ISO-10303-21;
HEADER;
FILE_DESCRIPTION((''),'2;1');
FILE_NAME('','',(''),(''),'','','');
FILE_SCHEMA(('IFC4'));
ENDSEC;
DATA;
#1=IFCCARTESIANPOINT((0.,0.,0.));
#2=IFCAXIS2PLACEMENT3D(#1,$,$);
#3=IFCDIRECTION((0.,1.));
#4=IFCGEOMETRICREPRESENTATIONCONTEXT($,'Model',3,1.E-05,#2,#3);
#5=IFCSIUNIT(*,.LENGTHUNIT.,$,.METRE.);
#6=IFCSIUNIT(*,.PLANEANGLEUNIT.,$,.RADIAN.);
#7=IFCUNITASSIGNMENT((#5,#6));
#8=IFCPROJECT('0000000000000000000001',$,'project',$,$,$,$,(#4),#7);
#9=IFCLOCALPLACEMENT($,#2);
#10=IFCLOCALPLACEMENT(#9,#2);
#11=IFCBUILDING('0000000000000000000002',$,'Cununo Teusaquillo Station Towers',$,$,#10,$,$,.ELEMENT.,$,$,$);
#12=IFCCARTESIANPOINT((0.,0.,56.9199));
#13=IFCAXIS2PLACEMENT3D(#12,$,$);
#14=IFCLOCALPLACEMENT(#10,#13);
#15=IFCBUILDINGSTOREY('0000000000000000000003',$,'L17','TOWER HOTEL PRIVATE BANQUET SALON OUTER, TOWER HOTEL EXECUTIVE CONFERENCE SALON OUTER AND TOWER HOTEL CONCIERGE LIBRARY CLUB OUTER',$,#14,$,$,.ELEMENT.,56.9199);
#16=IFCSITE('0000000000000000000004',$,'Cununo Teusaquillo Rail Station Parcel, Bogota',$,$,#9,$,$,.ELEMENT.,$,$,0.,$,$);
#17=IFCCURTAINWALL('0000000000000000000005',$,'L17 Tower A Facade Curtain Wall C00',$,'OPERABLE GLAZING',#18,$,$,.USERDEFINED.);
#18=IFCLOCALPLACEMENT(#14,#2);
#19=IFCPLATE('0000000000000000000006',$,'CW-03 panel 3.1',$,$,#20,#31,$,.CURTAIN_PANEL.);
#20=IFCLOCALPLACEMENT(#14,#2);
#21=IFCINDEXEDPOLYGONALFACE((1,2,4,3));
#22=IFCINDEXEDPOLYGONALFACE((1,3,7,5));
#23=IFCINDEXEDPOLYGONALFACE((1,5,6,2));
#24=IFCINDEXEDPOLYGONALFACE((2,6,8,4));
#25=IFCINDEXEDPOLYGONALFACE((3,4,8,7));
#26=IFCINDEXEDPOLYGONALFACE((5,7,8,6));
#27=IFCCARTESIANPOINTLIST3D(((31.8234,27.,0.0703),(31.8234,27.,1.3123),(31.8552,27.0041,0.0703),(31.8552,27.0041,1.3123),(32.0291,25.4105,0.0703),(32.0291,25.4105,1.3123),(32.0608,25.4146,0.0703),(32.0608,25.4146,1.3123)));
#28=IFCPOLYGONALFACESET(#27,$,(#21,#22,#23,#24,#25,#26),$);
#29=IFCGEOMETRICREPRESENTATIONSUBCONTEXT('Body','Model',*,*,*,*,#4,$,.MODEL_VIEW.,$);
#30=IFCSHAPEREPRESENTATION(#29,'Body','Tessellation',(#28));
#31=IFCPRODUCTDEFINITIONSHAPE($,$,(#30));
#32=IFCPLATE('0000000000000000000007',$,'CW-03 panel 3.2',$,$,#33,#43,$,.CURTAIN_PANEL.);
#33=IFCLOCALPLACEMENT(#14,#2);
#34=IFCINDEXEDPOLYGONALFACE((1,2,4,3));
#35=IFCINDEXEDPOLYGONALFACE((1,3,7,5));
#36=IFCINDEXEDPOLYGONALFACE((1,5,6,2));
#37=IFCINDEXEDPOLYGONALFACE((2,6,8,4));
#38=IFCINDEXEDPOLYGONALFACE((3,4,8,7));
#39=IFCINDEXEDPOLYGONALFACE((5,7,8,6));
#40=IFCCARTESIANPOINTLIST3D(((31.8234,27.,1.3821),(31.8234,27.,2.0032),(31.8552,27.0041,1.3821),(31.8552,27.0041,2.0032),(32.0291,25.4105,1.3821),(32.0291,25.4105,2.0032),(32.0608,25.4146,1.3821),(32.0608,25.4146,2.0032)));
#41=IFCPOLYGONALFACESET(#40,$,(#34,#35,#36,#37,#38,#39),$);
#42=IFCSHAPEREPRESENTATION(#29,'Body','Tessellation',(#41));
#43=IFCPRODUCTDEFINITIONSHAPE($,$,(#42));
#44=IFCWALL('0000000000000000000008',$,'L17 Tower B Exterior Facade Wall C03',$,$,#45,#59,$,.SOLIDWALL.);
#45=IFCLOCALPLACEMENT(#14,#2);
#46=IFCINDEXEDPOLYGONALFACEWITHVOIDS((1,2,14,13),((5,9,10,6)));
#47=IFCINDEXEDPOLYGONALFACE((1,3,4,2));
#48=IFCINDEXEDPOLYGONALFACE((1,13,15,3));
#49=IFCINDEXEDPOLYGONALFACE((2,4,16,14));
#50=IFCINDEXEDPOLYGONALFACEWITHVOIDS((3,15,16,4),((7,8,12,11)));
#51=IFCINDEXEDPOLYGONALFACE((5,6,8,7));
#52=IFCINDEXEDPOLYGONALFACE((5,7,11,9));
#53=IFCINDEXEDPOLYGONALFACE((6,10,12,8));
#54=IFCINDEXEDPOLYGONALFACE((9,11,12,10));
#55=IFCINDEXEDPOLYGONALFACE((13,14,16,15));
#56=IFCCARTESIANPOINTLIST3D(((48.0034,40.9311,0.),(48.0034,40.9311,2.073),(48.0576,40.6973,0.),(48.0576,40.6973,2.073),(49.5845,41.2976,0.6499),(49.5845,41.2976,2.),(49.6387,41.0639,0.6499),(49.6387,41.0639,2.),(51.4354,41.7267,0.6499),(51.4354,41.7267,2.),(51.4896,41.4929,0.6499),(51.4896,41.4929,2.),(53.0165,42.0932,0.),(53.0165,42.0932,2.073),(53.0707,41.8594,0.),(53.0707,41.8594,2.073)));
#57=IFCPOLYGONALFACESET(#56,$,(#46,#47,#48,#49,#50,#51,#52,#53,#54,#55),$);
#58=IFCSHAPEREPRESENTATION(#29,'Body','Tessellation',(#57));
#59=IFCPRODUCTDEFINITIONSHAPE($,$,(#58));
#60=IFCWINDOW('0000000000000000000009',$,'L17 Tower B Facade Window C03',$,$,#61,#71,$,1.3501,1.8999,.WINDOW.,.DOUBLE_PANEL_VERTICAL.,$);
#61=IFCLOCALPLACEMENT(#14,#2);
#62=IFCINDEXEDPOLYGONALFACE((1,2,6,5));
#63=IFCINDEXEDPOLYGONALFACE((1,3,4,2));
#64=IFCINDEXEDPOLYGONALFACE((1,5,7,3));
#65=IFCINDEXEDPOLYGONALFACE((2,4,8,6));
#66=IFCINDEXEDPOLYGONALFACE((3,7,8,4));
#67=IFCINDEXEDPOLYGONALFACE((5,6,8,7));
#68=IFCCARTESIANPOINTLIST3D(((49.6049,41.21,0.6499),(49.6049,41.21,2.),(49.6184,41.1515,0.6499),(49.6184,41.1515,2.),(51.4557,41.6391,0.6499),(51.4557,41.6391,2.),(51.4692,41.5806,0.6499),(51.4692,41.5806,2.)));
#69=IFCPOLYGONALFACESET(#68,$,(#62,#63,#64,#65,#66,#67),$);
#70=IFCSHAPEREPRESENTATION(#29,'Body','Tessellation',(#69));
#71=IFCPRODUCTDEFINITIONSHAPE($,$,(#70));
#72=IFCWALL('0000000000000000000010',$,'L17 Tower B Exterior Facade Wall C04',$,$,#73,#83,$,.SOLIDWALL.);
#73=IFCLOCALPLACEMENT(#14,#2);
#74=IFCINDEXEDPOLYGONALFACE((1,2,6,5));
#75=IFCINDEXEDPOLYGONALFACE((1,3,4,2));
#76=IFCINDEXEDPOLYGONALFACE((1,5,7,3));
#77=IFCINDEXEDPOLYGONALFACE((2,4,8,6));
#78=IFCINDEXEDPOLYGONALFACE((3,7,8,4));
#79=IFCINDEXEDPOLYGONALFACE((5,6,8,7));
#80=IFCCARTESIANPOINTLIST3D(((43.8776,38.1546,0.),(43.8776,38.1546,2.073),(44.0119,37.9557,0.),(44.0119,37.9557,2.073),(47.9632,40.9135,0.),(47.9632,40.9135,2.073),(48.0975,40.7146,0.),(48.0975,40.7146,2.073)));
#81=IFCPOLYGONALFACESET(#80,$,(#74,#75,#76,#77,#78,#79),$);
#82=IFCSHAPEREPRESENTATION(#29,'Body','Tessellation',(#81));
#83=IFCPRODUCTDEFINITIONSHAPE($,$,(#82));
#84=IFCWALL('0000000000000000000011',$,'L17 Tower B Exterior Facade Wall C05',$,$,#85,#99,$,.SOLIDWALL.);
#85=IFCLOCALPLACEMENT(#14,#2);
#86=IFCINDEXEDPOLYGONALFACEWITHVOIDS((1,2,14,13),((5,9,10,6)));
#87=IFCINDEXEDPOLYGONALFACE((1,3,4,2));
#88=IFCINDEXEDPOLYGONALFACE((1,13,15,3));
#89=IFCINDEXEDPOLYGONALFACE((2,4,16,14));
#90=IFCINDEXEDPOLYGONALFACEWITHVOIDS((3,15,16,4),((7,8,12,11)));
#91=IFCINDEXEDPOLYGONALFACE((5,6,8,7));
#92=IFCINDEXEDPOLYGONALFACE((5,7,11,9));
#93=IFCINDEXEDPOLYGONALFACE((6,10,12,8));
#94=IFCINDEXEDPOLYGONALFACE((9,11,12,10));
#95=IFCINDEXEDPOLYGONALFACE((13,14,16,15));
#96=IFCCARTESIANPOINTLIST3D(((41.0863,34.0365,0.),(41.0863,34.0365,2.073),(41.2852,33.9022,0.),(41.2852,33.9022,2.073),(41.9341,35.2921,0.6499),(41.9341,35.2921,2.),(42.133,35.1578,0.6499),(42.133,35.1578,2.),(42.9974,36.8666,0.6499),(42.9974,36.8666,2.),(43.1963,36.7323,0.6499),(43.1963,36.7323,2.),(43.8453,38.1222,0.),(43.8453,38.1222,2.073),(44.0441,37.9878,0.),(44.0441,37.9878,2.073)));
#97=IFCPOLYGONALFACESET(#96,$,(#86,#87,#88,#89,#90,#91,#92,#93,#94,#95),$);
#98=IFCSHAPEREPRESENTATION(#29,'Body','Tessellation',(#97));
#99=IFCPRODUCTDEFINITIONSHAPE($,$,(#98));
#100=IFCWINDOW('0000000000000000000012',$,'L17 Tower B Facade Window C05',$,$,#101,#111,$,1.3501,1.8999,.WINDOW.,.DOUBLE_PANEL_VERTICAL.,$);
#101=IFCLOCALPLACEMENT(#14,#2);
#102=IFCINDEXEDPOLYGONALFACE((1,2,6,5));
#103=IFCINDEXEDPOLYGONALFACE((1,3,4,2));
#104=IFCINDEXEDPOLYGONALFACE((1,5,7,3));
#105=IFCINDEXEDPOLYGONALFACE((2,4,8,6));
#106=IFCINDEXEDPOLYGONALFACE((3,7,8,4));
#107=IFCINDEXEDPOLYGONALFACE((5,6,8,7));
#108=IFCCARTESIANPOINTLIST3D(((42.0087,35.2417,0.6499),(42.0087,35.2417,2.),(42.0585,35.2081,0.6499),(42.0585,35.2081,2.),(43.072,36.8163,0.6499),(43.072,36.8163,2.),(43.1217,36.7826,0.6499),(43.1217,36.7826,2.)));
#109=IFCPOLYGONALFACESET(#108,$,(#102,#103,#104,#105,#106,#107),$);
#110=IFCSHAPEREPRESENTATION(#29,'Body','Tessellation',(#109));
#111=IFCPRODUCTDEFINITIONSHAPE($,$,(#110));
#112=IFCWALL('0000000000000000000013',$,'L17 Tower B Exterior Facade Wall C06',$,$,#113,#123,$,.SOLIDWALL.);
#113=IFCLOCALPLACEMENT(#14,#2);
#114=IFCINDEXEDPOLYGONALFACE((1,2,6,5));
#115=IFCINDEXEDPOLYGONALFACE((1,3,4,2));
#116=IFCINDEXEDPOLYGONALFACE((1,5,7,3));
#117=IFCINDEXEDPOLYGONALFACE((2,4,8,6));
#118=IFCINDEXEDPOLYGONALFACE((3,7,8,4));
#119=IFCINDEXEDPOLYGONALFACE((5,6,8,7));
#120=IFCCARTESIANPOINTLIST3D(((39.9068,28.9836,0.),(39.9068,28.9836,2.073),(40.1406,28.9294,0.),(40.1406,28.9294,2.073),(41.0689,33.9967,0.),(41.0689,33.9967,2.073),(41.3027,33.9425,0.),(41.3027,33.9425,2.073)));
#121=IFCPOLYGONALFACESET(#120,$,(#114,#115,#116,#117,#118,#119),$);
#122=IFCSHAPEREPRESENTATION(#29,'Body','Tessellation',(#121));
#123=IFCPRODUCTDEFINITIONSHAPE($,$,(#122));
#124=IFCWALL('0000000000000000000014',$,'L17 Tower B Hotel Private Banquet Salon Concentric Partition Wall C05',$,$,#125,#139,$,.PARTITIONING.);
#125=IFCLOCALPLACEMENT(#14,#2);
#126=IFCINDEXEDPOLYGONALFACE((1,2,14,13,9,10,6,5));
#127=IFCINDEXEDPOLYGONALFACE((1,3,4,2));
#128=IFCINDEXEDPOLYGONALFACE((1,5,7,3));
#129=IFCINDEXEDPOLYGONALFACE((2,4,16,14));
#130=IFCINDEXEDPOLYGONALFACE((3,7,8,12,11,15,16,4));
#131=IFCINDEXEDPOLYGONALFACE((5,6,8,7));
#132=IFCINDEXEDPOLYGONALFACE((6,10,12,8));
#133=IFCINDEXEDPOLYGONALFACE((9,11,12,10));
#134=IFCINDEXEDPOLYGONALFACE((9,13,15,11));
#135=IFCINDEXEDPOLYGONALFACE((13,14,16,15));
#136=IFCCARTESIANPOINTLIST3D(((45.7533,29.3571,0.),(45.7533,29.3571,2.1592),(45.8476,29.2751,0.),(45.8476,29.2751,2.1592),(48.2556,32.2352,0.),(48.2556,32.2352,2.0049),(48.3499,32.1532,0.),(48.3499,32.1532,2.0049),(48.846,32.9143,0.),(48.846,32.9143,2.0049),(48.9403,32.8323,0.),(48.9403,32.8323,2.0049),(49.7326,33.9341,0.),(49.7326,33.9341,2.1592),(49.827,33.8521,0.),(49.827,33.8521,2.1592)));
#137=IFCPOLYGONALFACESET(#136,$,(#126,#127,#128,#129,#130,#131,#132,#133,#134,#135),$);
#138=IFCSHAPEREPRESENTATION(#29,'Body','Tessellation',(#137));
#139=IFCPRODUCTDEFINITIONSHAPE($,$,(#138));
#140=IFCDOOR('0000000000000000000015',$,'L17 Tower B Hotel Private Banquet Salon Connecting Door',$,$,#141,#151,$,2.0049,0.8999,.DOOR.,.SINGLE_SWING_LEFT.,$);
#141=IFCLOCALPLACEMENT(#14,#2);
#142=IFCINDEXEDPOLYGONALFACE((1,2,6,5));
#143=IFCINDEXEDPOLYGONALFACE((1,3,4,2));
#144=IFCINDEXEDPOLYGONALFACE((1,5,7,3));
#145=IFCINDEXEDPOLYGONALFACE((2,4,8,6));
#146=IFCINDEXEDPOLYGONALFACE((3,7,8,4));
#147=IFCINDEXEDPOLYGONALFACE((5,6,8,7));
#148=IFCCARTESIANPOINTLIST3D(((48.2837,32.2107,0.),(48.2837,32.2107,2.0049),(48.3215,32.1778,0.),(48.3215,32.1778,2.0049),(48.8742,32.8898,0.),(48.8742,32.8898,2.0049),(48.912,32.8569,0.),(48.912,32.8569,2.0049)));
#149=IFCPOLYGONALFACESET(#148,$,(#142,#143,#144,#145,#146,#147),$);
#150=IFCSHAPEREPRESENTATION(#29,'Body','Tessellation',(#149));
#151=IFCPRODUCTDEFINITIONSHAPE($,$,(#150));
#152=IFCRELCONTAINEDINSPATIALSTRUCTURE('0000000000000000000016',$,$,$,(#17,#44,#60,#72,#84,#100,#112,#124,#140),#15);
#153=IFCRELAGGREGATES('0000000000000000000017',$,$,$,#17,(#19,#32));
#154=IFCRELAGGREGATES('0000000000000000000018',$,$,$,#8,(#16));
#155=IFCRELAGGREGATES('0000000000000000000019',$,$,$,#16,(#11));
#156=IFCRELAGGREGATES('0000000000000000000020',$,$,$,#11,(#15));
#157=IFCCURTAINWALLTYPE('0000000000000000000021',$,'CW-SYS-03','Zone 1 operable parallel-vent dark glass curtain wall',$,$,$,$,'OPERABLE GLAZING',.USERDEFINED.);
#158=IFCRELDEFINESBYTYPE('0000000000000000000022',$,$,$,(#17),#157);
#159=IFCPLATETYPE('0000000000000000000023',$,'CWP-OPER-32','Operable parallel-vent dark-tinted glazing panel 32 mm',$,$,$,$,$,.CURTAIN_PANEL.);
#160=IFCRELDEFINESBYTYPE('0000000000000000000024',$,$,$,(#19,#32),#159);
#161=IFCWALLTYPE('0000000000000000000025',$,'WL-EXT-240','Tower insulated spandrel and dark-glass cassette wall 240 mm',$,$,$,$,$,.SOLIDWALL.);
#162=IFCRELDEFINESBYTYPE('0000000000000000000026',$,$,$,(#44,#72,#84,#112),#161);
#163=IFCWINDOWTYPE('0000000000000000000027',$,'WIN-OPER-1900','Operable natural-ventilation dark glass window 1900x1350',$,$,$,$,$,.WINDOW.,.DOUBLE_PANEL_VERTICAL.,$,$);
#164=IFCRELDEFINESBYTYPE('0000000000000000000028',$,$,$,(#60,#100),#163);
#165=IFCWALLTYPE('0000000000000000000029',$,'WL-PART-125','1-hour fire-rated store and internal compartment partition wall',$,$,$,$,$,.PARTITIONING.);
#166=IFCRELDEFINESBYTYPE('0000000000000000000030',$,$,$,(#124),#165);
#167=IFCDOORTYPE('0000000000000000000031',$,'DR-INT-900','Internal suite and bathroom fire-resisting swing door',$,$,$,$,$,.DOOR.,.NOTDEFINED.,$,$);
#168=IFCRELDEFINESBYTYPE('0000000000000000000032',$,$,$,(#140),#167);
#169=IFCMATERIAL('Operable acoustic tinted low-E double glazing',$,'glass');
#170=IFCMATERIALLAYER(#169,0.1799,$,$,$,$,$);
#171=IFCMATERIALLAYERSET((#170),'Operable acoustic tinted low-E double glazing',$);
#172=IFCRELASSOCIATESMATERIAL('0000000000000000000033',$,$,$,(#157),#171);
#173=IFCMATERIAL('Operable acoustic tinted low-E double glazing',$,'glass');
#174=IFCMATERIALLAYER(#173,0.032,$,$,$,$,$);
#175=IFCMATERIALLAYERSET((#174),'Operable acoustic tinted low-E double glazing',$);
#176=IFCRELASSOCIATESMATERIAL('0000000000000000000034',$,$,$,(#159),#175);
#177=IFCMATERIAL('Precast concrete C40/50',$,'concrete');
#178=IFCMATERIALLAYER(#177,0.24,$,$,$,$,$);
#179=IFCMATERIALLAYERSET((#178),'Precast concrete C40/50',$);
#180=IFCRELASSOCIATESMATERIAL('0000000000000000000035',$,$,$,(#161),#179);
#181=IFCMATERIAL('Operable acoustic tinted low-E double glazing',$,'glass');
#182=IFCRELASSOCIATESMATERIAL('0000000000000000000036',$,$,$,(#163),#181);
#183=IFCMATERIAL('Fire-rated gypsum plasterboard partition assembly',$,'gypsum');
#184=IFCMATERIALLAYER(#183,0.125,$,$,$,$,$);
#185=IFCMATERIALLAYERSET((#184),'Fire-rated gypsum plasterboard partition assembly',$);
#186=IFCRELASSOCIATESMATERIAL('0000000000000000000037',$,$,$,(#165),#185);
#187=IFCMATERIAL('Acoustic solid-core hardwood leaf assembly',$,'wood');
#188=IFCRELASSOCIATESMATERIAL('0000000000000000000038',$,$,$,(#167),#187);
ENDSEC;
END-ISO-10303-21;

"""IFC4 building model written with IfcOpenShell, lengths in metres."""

from ifc_helpers import new_model, si_unit, direction, frame, frame_2d, origin, origin_2d, place, context, subcontext, project, spatial, rectangle, extrude, source, transform, mapped, material, layer, layer_set, type_object, element, fill, aggregate, save


model = new_model("IFC4")

# Units and contexts
model_context = context("Model", 3, precision=1e-05, world=origin(), true_north=direction((0.0, 1.0)))
body_context = subcontext(model_context, "Body", "Model", "MODEL_VIEW")
ifc_project = project(units=[si_unit("LENGTHUNIT", "METRE"), si_unit("PLANEANGLEUNIT", "RADIAN")], contexts=[model_context])

# Site, building, storey
site_placement = place(None, origin())
site = spatial("IfcSite", under=ifc_project, at=site_placement, Name="Cununo Teusaquillo Rail Station Parcel, Bogota", CompositionType="ELEMENT", RefElevation=0.0)
building_placement = place(site_placement, origin())
building = spatial("IfcBuilding", under=site, at=building_placement, Name="Cununo Teusaquillo Station Towers", CompositionType="ELEMENT")
storey_placement = place(building_placement, frame((0.0, 0.0, 56.9199)))
storey = spatial("IfcBuildingStorey", under=building, at=storey_placement, Name="L17", Description="TOWER HOTEL PRIVATE BANQUET SALON OUTER, TOWER HOTEL EXECUTIVE CONFERENCE SALON OUTER AND TOWER HOTEL CONCIERGE LIBRARY CLUB OUTER", CompositionType="ELEMENT", Elevation=56.9199)

# Curtain wall
ifc_material_1 = material(Name="Operable acoustic tinted low-E double glazing", Category="glass")
ifc_layer_1 = layer(ifc_material_1, 0.1799)
ifc_layer_set_1 = layer_set([ifc_layer_1], Name="Operable acoustic tinted low-E double glazing")
curtain_wall_type = type_object("IfcCurtainWallType", Name="CW-SYS-03", Description="Zone 1 operable parallel-vent dark glass curtain wall", ElementType="OPERABLE GLAZING", PredefinedType="USERDEFINED", material=ifc_layer_set_1)
curtain_wall_placement = place(storey_placement, origin())
curtain_wall = element("IfcCurtainWall", 1, at=curtain_wall_placement, inside=storey, type_object=curtain_wall_type, Name="L17 Tower A Facade Curtain Wall C00", ObjectType="OPERABLE GLAZING", PredefinedType="USERDEFINED")

# Plates
ifc_material_2 = material(Name="Operable acoustic tinted low-E double glazing", Category="glass")
ifc_layer_2 = layer(ifc_material_2, 0.032)
ifc_layer_set_2 = layer_set([ifc_layer_2], Name="Operable acoustic tinted low-E double glazing")
plate_type_1 = type_object("IfcPlateType", Name="CWP-OPER-32", Description="Operable parallel-vent dark-tinted glazing panel 32 mm", PredefinedType="CURTAIN_PANEL", material=ifc_layer_set_2)
shared_shape_1 = source(origin(), body_context, "Body", "SweptSolid", [
    extrude(rectangle(XDim=1.6028, YDim=0.032, at=origin_2d()), origin(), (0.0, 0.0, 1.0), 1.2419),
])
plate_1_placement = place(storey_placement, frame((31.9421, 26.2073, 0.0703), z_axis=(0.0, 0.0, 1.0), x_axis=(0.128336, -0.991731, 0.0)))
plate_1 = element("IfcPlate", 2, at=plate_1_placement, type_object=plate_type_1, Name="CW-03 panel 3.1", PredefinedType="CURTAIN_PANEL", context=body_context, shape_type="MappedRepresentation", body=[
    mapped(shared_shape_1, transform((0.0, 0.0, 0.0), x_axis=(1.0, 0.0, 0.0), y_axis=(0.0, 1.0, 0.0), z_axis=(0.0, 0.0, 1.0), scale=1.0)),
])
shared_shape_2 = source(origin(), body_context, "Body", "SweptSolid", [
    extrude(rectangle(XDim=1.6028, YDim=0.032, at=origin_2d()), origin(), (0.0, 0.0, 1.0), 0.6211),
])
plate_2_placement = place(storey_placement, frame((31.9421, 26.2073, 1.3821), z_axis=(0.0, 0.0, 1.0), x_axis=(0.128336, -0.991731, 0.0)))
plate_2 = element("IfcPlate", 3, at=plate_2_placement, type_object=plate_type_1, Name="CW-03 panel 3.2", PredefinedType="CURTAIN_PANEL", context=body_context, shape_type="MappedRepresentation", body=[
    mapped(shared_shape_2, transform((0.0, 0.0, 0.0), x_axis=(1.0, 0.0, 0.0), y_axis=(0.0, 1.0, 0.0), z_axis=(0.0, 0.0, 1.0), scale=1.0)),
])
aggregate(curtain_wall, [plate_1, plate_2])

# Wall, opening, window
ifc_material_3 = material(Name="Precast concrete C40/50", Category="concrete")
ifc_layer_3 = layer(ifc_material_3, 0.24)
ifc_layer_set_3 = layer_set([ifc_layer_3], Name="Precast concrete C40/50")
wall_type_1 = type_object("IfcWallType", Name="WL-EXT-240", Description="Tower insulated spandrel and dark-glass cassette wall 240 mm", PredefinedType="SOLIDWALL", material=ifc_layer_set_3)
wall_1_placement = place(storey_placement, frame((48.0305, 40.8142, 0.0), z_axis=(0.0, 0.0, 1.0), x_axis=(0.974166, 0.225833, 0.0)))
wall_1 = element("IfcWall", 4, at=wall_1_placement, inside=storey, type_object=wall_type_1, Name="L17 Tower B Exterior Facade Wall C03", PredefinedType="SOLIDWALL", context=body_context, shape_type="SweptSolid", body=[
    extrude(rectangle(XDim=5.146, YDim=0.24, at=frame_2d((2.573, 0.0))), origin(), (0.0, 0.0, 1.0), 2.073),
])
shared_shape_3 = source(origin(), body_context, "Body", "SweptSolid", [
    extrude(rectangle(XDim=1.8999, YDim=1.3501, at=frame_2d((0.95, 0.675))), frame((0.0, 0.1299, 0.0), z_axis=(0.0, -1.0, 0.0), x_axis=(1.0, 0.0, 0.0)), (0.0, 0.0, 1.0), 0.26),
])
opening_1_placement = place(wall_1_placement, frame((1.623, 0.0, 0.6499)))
opening_1 = element("IfcOpeningElement", 5, at=opening_1_placement, cuts=wall_1, PredefinedType="OPENING", context=body_context, shape_type="MappedRepresentation", body=[
    mapped(shared_shape_3, transform((0.0, 0.0, 0.0), x_axis=(1.0, 0.0, 0.0), y_axis=(0.0, 1.0, 0.0), z_axis=(0.0, 0.0, 1.0), scale=1.0)),
])
ifc_material_4 = material(Name="Operable acoustic tinted low-E double glazing", Category="glass")
window_type = type_object("IfcWindowType", Name="WIN-OPER-1900", Description="Operable natural-ventilation dark glass window 1900x1350", PartitioningType="DOUBLE_PANEL_VERTICAL", PredefinedType="WINDOW", material=ifc_material_4)
shared_shape_4 = source(origin(), body_context, "Body", "SweptSolid", [
    extrude(rectangle(XDim=1.8999, YDim=1.3501, at=frame_2d((0.95, 0.675))), frame((0.0, 0.03, 0.0), z_axis=(0.0, -1.0, 0.0), x_axis=(1.0, 0.0, 0.0)), (0.0, 0.0, 1.0), 0.0601),
])
window_1_placement = place(opening_1_placement, origin())
window_1 = element("IfcWindow", 6, at=window_1_placement, inside=storey, type_object=window_type, Name="L17 Tower B Facade Window C03", OverallHeight=1.3501, OverallWidth=1.8999, PartitioningType="DOUBLE_PANEL_VERTICAL", PredefinedType="WINDOW", context=body_context, shape_type="MappedRepresentation", body=[
    mapped(shared_shape_4, transform((0.0, 0.0, 0.0), x_axis=(1.0, 0.0, 0.0), y_axis=(0.0, 1.0, 0.0), z_axis=(0.0, 0.0, 1.0), scale=1.0)),
])
fill(opening_1, window_1)

# Wall
wall_2_placement = place(storey_placement, frame((43.9448, 38.0552, 0.0), z_axis=(0.0, 0.0, 1.0), x_axis=(0.828737, 0.559639, 0.0)))
element("IfcWall", 7, at=wall_2_placement, inside=storey, type_object=wall_type_1, Name="L17 Tower B Exterior Facade Wall C04", PredefinedType="SOLIDWALL", context=body_context, shape_type="SweptSolid", body=[
    extrude(rectangle(XDim=4.9299, YDim=0.24, at=frame_2d((2.4648, 0.0))), origin(), (0.0, 0.0, 1.0), 2.073),
])

# Wall, opening, window
wall_3_placement = place(storey_placement, frame((41.1858, 33.9695, 0.0), z_axis=(0.0, 0.0, 1.0), x_axis=(0.559639, 0.828737, 0.0)))
wall_3 = element("IfcWall", 8, at=wall_3_placement, inside=storey, type_object=wall_type_1, Name="L17 Tower B Exterior Facade Wall C05", PredefinedType="SOLIDWALL", context=body_context, shape_type="SweptSolid", body=[
    extrude(rectangle(XDim=4.9299, YDim=0.24, at=frame_2d((2.4648, 0.0))), origin(), (0.0, 0.0, 1.0), 2.073),
])
opening_2_placement = place(wall_3_placement, frame((1.5149, 0.0, 0.6499)))
opening_2 = element("IfcOpeningElement", 9, at=opening_2_placement, cuts=wall_3, PredefinedType="OPENING", context=body_context, shape_type="MappedRepresentation", body=[
    mapped(shared_shape_3, transform((0.0, 0.0, 0.0), x_axis=(1.0, 0.0, 0.0), y_axis=(0.0, 1.0, 0.0), z_axis=(0.0, 0.0, 1.0), scale=1.0)),
])
window_2_placement = place(opening_2_placement, origin())
window_2 = element("IfcWindow", 10, at=window_2_placement, inside=storey, type_object=window_type, Name="L17 Tower B Facade Window C05", OverallHeight=1.3501, OverallWidth=1.8999, PartitioningType="DOUBLE_PANEL_VERTICAL", PredefinedType="WINDOW", context=body_context, shape_type="MappedRepresentation", body=[
    mapped(shared_shape_4, transform((0.0, 0.0, 0.0), x_axis=(1.0, 0.0, 0.0), y_axis=(0.0, 1.0, 0.0), z_axis=(0.0, 0.0, 1.0), scale=1.0)),
])
fill(opening_2, window_2)

# Wall
wall_4_placement = place(storey_placement, frame((40.0237, 28.9565, 0.0), z_axis=(0.0, 0.0, 1.0), x_axis=(0.225833, 0.974166, 0.0)))
element("IfcWall", 11, at=wall_4_placement, inside=storey, type_object=wall_type_1, Name="L17 Tower B Exterior Facade Wall C06", PredefinedType="SOLIDWALL", context=body_context, shape_type="SweptSolid", body=[
    extrude(rectangle(XDim=5.146, YDim=0.24, at=frame_2d((2.573, 0.0))), origin(), (0.0, 0.0, 1.0), 2.073),
])

# Wall, opening, door
ifc_material_5 = material(Name="Fire-rated gypsum plasterboard partition assembly", Category="gypsum")
ifc_layer_4 = layer(ifc_material_5, 0.125)
ifc_layer_set_4 = layer_set([ifc_layer_4], Name="Fire-rated gypsum plasterboard partition assembly")
wall_type_2 = type_object("IfcWallType", Name="WL-PART-125", Description="1-hour fire-rated store and internal compartment partition wall", PredefinedType="PARTITIONING", material=ifc_layer_set_4)
wall_5_placement = place(storey_placement, frame((49.7798, 33.8931, 0.0), z_axis=(0.0, 0.0, 1.0), x_axis=(-0.656116, -0.75466, 0.0)))
wall_5 = element("IfcWall", 12, at=wall_5_placement, inside=storey, type_object=wall_type_2, Name="L17 Tower B Hotel Private Banquet Salon Concentric Partition Wall C05", PredefinedType="PARTITIONING", context=body_context, shape_type="SweptSolid", body=[
    extrude(rectangle(XDim=6.0649, YDim=0.125, at=frame_2d((3.0325, 0.0))), origin(), (0.0, 0.0, 1.0), 2.1592),
])
shared_shape_5 = source(origin(), body_context, "Body", "SweptSolid", [
    extrude(rectangle(XDim=0.8999, YDim=2.0049, at=frame_2d((0.45, 1.0024))), frame((0.0, 0.0725, 0.0), z_axis=(0.0, -1.0, 0.0), x_axis=(1.0, 0.0, 0.0)), (0.0, 0.0, 1.0), 0.145),
])
opening_3_placement = place(wall_5_placement, frame((1.3513, 0.0, 0.0)))
opening_3 = element("IfcOpeningElement", 13, at=opening_3_placement, cuts=wall_5, PredefinedType="OPENING", context=body_context, shape_type="MappedRepresentation", body=[
    mapped(shared_shape_5, transform((0.0, 0.0, 0.0), x_axis=(1.0, 0.0, 0.0), y_axis=(0.0, 1.0, 0.0), z_axis=(0.0, 0.0, 1.0), scale=1.0)),
])
ifc_material_6 = material(Name="Acoustic solid-core hardwood leaf assembly", Category="wood")
door_type = type_object("IfcDoorType", Name="DR-INT-900", Description="Internal suite and bathroom fire-resisting swing door", OperationType="NOTDEFINED", PredefinedType="DOOR", material=ifc_material_6)
shared_shape_6 = source(origin(), body_context, "Body", "SweptSolid", [
    extrude(rectangle(XDim=0.8999, YDim=2.0049, at=frame_2d((0.45, 1.0024))), frame((0.0, 0.0249, 0.0), z_axis=(0.0, -1.0, 0.0), x_axis=(1.0, 0.0, 0.0)), (0.0, 0.0, 1.0), 0.05),
])
door_1_placement = place(opening_3_placement, origin())
door_1 = element("IfcDoor", 14, at=door_1_placement, inside=storey, type_object=door_type, Name="L17 Tower B Hotel Private Banquet Salon Connecting Door", OperationType="SINGLE_SWING_LEFT", OverallHeight=2.0049, OverallWidth=0.8999, PredefinedType="DOOR", context=body_context, shape_type="MappedRepresentation", body=[
    mapped(shared_shape_6, transform((0.0, 0.0, 0.0), x_axis=(1.0, 0.0, 0.0), y_axis=(0.0, 1.0, 0.0), z_axis=(0.0, 0.0, 1.0), scale=1.0)),
])
fill(opening_3, door_1)

save(model, "model.ifc")
